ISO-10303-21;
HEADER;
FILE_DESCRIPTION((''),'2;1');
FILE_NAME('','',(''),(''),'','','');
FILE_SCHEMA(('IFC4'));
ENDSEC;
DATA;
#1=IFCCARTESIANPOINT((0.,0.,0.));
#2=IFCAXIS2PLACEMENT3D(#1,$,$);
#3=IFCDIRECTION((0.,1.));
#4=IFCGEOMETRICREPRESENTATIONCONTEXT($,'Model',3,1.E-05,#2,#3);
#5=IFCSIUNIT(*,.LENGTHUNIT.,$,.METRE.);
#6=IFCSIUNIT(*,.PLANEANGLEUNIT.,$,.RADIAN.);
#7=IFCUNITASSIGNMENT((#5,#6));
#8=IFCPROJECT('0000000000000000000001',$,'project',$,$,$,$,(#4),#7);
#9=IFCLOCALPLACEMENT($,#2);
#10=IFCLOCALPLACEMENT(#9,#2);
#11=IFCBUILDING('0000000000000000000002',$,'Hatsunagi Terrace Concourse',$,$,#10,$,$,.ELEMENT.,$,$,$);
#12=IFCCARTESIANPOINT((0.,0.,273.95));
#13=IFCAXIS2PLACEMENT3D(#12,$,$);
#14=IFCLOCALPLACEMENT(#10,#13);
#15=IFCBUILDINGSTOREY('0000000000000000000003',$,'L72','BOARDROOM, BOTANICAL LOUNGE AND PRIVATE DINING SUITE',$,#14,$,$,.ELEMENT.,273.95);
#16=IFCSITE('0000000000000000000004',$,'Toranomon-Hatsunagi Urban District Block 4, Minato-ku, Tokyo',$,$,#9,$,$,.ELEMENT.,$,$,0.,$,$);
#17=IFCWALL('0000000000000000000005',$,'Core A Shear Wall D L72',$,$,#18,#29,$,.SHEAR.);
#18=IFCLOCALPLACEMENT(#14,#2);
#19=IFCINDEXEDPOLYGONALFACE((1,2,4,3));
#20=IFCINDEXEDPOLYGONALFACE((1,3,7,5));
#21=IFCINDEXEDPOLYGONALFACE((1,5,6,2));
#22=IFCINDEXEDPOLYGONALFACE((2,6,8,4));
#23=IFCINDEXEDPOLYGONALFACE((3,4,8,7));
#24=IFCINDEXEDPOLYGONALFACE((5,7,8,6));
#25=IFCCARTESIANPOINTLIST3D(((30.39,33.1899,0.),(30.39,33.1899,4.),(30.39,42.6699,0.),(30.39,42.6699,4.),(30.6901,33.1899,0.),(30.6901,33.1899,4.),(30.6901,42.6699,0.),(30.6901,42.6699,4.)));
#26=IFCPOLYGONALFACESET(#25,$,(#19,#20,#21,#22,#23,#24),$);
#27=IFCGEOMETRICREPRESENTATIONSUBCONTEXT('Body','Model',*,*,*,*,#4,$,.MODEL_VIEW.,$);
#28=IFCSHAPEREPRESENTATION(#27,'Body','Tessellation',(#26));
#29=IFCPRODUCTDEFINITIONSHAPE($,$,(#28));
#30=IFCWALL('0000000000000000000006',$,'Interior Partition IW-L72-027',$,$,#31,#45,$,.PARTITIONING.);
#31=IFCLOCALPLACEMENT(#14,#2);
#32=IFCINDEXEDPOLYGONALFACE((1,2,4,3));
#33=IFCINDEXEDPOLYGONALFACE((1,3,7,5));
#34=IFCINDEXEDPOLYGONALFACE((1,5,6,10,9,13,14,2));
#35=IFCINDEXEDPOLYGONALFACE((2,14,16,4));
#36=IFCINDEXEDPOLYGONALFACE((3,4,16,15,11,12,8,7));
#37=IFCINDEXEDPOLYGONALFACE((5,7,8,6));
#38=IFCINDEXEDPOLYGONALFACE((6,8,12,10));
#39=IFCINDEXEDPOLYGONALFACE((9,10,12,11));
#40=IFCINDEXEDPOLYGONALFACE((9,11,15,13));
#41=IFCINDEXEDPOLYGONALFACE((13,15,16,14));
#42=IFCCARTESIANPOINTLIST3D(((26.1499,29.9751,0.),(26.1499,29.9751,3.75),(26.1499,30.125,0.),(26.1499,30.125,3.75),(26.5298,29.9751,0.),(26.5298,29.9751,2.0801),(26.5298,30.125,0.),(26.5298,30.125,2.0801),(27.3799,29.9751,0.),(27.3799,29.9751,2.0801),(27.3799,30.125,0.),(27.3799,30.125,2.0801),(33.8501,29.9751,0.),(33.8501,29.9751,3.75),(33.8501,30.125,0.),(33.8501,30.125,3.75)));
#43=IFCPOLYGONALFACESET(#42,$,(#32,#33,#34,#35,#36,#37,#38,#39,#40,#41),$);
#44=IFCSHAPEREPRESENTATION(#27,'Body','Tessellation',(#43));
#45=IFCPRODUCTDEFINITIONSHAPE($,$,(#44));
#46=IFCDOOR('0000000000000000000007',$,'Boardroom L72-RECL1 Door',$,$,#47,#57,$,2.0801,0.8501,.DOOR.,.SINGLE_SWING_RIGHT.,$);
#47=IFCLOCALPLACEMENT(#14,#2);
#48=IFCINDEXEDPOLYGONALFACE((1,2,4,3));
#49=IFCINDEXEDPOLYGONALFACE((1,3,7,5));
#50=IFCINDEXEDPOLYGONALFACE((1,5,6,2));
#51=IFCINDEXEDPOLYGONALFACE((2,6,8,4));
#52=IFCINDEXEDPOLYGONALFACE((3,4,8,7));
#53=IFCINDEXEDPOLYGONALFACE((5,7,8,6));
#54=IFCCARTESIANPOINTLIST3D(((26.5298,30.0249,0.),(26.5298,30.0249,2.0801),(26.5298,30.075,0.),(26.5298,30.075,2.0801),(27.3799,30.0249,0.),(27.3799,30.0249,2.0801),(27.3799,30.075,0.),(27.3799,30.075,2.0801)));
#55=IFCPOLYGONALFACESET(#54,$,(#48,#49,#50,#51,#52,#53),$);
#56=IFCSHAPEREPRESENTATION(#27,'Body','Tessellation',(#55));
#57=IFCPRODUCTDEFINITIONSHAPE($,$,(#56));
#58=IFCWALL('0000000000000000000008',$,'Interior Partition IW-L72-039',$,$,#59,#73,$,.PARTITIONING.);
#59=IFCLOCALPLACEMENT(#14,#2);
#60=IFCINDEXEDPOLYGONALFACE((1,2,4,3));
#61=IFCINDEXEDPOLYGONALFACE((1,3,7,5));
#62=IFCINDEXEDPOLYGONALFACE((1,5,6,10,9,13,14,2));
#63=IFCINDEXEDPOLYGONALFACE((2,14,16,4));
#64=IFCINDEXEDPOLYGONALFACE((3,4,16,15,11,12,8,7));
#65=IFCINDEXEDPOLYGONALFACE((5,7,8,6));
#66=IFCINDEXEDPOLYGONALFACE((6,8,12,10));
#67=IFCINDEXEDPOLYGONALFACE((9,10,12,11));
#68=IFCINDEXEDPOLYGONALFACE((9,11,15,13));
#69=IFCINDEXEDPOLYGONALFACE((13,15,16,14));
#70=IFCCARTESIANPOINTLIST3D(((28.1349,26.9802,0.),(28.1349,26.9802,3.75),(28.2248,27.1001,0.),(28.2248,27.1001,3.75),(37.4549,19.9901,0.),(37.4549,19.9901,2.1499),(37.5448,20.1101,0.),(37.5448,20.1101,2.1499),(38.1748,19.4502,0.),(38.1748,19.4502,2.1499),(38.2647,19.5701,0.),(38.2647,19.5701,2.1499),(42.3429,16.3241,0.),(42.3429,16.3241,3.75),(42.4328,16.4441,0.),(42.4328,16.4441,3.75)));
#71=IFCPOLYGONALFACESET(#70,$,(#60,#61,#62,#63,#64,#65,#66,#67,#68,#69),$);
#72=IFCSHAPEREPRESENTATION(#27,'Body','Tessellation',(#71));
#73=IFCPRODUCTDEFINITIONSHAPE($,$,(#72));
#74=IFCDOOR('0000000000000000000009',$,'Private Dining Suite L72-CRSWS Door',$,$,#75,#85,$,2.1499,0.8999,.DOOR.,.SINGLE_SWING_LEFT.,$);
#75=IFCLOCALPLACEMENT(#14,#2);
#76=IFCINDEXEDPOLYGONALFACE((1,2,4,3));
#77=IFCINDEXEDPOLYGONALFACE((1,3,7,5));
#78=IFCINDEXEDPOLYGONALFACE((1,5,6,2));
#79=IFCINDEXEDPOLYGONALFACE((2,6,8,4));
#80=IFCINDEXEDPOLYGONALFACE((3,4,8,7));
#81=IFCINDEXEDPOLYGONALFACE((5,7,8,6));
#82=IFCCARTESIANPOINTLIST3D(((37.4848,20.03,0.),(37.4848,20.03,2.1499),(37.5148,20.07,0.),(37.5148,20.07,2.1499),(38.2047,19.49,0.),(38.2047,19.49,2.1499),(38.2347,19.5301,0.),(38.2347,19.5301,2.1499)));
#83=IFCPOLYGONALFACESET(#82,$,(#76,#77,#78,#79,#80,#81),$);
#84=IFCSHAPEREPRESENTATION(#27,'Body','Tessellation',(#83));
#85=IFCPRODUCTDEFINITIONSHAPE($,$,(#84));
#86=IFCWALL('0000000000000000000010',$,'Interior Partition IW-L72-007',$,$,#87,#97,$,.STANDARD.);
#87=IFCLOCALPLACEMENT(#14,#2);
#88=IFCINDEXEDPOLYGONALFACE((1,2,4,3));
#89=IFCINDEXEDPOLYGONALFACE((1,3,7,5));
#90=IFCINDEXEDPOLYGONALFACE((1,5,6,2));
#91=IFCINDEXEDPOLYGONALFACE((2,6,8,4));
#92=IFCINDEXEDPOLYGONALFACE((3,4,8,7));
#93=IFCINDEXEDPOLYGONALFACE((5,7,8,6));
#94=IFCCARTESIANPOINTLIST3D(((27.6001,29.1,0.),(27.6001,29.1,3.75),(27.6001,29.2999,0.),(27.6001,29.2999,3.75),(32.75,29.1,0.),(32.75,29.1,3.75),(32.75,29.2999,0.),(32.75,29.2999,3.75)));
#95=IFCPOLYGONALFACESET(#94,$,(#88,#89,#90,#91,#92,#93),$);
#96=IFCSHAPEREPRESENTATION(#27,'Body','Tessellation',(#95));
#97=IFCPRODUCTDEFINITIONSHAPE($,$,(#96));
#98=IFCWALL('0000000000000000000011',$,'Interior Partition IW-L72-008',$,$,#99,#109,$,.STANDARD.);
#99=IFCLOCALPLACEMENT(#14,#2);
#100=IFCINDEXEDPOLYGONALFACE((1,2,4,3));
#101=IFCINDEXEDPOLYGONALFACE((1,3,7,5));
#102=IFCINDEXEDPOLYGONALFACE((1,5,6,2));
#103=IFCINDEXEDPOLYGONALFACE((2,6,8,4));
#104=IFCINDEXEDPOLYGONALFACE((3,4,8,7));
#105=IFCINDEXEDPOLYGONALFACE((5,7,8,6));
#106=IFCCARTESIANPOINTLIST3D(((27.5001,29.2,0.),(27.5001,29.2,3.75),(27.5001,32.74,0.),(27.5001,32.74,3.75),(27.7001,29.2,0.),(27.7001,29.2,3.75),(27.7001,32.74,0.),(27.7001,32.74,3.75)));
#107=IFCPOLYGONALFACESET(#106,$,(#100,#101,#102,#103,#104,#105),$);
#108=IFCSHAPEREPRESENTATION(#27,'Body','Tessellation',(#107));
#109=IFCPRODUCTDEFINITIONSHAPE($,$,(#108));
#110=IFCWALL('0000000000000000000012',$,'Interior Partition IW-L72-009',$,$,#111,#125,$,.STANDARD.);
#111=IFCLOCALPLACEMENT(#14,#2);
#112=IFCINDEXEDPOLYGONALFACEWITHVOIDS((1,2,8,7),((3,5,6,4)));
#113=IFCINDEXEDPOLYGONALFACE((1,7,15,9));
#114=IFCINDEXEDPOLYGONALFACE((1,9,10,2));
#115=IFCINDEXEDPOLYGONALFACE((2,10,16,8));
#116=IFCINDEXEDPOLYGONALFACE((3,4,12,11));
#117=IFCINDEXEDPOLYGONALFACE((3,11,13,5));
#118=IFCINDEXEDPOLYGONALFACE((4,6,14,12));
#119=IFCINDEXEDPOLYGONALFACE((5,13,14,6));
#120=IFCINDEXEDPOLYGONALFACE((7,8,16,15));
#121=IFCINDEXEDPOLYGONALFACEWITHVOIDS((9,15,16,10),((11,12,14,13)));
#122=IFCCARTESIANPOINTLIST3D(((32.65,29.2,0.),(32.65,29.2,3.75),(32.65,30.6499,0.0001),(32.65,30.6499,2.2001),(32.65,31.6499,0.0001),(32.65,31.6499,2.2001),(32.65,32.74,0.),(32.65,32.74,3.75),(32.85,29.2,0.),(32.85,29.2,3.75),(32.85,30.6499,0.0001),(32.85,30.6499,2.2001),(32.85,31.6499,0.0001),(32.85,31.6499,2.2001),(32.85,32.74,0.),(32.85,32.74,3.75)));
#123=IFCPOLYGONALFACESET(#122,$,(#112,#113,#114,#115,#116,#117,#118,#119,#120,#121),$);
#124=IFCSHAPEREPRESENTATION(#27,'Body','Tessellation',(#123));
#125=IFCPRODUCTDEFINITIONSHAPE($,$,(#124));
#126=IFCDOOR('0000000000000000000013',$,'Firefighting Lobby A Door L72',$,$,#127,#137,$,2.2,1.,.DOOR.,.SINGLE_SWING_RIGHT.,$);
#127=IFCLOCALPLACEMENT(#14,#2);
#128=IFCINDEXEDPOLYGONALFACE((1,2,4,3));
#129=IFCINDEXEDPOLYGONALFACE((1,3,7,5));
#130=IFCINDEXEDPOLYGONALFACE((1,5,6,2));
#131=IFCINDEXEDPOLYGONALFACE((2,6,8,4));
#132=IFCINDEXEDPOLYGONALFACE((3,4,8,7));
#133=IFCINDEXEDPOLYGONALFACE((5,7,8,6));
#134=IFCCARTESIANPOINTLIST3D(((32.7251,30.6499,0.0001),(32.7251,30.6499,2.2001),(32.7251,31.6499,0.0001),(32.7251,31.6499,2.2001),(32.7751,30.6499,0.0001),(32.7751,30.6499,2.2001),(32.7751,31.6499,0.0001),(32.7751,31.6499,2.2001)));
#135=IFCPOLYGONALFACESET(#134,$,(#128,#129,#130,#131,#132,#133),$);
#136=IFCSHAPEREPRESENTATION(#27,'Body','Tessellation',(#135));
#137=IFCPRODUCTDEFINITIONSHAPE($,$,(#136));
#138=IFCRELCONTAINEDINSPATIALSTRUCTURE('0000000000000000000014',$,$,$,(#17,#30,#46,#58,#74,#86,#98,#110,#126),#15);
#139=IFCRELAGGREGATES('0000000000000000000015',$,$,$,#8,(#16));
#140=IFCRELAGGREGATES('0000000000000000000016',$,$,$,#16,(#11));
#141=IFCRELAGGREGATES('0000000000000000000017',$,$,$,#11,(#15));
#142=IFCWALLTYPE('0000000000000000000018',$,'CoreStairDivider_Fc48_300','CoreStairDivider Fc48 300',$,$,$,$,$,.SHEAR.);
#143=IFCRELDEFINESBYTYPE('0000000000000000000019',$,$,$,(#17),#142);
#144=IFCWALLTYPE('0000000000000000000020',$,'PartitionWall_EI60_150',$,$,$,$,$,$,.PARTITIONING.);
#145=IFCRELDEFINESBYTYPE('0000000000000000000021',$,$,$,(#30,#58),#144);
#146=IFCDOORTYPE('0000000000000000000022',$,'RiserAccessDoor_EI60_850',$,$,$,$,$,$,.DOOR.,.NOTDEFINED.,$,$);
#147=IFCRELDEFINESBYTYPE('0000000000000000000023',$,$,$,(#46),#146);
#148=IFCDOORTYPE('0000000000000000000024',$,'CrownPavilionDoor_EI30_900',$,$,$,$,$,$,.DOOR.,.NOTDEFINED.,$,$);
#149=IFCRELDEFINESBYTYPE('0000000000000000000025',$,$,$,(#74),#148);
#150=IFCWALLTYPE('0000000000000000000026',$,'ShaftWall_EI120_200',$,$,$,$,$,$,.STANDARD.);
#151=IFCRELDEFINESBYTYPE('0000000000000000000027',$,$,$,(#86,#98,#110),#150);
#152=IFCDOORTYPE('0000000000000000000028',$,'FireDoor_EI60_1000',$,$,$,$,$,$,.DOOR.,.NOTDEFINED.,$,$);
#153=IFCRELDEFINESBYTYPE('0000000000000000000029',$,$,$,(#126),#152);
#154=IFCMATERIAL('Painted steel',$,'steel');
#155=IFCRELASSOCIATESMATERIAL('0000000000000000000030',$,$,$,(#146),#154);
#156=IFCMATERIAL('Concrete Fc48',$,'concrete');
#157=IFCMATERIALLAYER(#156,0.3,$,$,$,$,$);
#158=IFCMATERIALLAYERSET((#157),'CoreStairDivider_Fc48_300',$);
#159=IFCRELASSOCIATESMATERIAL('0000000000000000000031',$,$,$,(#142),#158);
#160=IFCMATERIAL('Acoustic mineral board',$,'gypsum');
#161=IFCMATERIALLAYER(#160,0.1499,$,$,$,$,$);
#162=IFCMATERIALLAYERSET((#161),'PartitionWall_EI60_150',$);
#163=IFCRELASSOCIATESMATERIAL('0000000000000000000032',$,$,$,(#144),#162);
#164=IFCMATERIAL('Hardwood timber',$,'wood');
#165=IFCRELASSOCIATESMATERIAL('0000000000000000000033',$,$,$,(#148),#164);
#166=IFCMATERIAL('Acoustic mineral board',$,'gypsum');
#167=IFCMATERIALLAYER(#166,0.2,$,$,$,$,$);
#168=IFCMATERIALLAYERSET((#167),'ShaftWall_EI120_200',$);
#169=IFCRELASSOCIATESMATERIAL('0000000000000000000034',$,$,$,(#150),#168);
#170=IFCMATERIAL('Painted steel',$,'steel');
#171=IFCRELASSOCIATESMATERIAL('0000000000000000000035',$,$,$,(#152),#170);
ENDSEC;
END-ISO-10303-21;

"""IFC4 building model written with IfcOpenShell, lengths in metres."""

from ifc_helpers import new_model, si_unit, direction, frame, frame_2d, origin, place, context, subcontext, project, spatial, rectangle, extrude, material, layer, layer_set, type_object, element, fill, save


model = new_model("IFC4")

# Units and contexts
model_context = context("Model", 3, precision=1e-05, world=origin(), true_north=direction((0.0, 1.0)))
body_context = subcontext(model_context, "Body", "Model", "MODEL_VIEW")
ifc_project = project(units=[si_unit("LENGTHUNIT", "METRE"), si_unit("PLANEANGLEUNIT", "RADIAN")], contexts=[model_context])

# Site, building, storey
site_placement = place(None, origin())
site = spatial("IfcSite", under=ifc_project, at=site_placement, Name="Toranomon-Hatsunagi Urban District Block 4, Minato-ku, Tokyo", CompositionType="ELEMENT", RefElevation=0.0)
building_placement = place(site_placement, origin())
building = spatial("IfcBuilding", under=site, at=building_placement, Name="Hatsunagi Terrace Concourse", CompositionType="ELEMENT")
storey_placement = place(building_placement, frame((0.0, 0.0, 273.95)))
storey = spatial("IfcBuildingStorey", under=building, at=storey_placement, Name="L72", Description="BOARDROOM, BOTANICAL LOUNGE AND PRIVATE DINING SUITE", CompositionType="ELEMENT", Elevation=273.95)

# Shared definitions
ifc_material_1 = material(Name="Painted steel", Category="steel")
door_type_1 = type_object("IfcDoorType", Name="RiserAccessDoor_EI60_850", OperationType="NOTDEFINED", PredefinedType="DOOR", material=ifc_material_1)

# Wall
ifc_material_2 = material(Name="Concrete Fc48", Category="concrete")
ifc_layer_1 = layer(ifc_material_2, 0.3)
ifc_layer_set_1 = layer_set([ifc_layer_1], Name="CoreStairDivider_Fc48_300")
wall_type_1 = type_object("IfcWallType", Name="CoreStairDivider_Fc48_300", Description="CoreStairDivider Fc48 300", PredefinedType="SHEAR", material=ifc_layer_set_1)
wall_1_placement = place(storey_placement, frame((30.54, 33.1899, 0.0), z_axis=(0.0, 0.0, 1.0), x_axis=(0.0, 1.0, 0.0)))
element("IfcWall", 1, at=wall_1_placement, inside=storey, type_object=wall_type_1, Name="Core A Shear Wall D L72", PredefinedType="SHEAR", context=body_context, shape_type="SweptSolid", body=[
    extrude(rectangle(XDim=9.48, YDim=0.3, at=frame_2d((4.74, 0.0))), origin(), (0.0, 0.0, 1.0), 4.0),
])

# Walls, openings, doors
ifc_material_3 = material(Name="Acoustic mineral board", Category="gypsum")
ifc_layer_2 = layer(ifc_material_3, 0.1499)
ifc_layer_set_2 = layer_set([ifc_layer_2], Name="PartitionWall_EI60_150")
wall_type_2 = type_object("IfcWallType", Name="PartitionWall_EI60_150", PredefinedType="PARTITIONING", material=ifc_layer_set_2)
wall_2_placement = place(storey_placement, frame((26.1499, 30.05, 0.0), z_axis=(0.0, 0.0, 1.0), x_axis=(1.0, 0.0, 0.0)))
wall_2 = element("IfcWall", 2, at=wall_2_placement, inside=storey, type_object=wall_type_2, Name="Interior Partition IW-L72-027", PredefinedType="PARTITIONING", context=body_context, shape_type="SweptSolid", body=[
    extrude(rectangle(XDim=7.7002, YDim=0.1499, at=frame_2d((3.8501, 0.0))), origin(), (0.0, 0.0, 1.0), 3.75),
])
opening_1_placement = place(wall_2_placement, frame((0.3799, 0.0, 0.0)))
opening_1 = element("IfcOpeningElement", 3, at=opening_1_placement, cuts=wall_2, PredefinedType="OPENING", context=body_context, shape_type="SweptSolid", body=[
    extrude(rectangle(XDim=0.8501, YDim=2.0801, at=frame_2d((0.425, 1.04))), frame((0.0, 0.085, 0.0), z_axis=(0.0, -1.0, 0.0), x_axis=(1.0, 0.0, 0.0)), (0.0, 0.0, 1.0), 0.1699),
])
door_1_placement = place(opening_1_placement, origin())
door_1 = element("IfcDoor", 4, at=door_1_placement, inside=storey, type_object=door_type_1, Name="Boardroom L72-RECL1 Door", OperationType="SINGLE_SWING_RIGHT", OverallHeight=2.0801, OverallWidth=0.8501, PredefinedType="DOOR", context=body_context, shape_type="SweptSolid", body=[
    extrude(rectangle(XDim=0.8501, YDim=2.0801, at=frame_2d((0.425, 1.04))), frame((0.0, 0.0249, 0.0), z_axis=(0.0, -1.0, 0.0), x_axis=(1.0, 0.0, 0.0)), (0.0, 0.0, 1.0), 0.05),
])
fill(opening_1, door_1)
wall_3_placement = place(storey_placement, frame((28.1799, 27.04, 0.0), z_axis=(0.0, 0.0, 1.0), x_axis=(0.8, -0.6, 0.0)))
wall_3 = element("IfcWall", 5, at=wall_3_placement, inside=storey, type_object=wall_type_2, Name="Interior Partition IW-L72-039", PredefinedType="PARTITIONING", context=body_context, shape_type="SweptSolid", body=[
    extrude(rectangle(XDim=17.76, YDim=0.1499, at=frame_2d((8.8799, 0.0))), origin(), (0.0, 0.0, 1.0), 3.75),
])
opening_2_placement = place(wall_3_placement, frame((11.6499, 0.0, 0.0)))
opening_2 = element("IfcOpeningElement", 6, at=opening_2_placement, cuts=wall_3, PredefinedType="OPENING", context=body_context, shape_type="SweptSolid", body=[
    extrude(rectangle(XDim=0.8999, YDim=2.1499, at=frame_2d((0.45, 1.075))), frame((0.0, 0.085, 0.0), z_axis=(0.0, -1.0, 0.0), x_axis=(1.0, 0.0, 0.0)), (0.0, 0.0, 1.0), 0.1699),
])
ifc_material_4 = material(Name="Hardwood timber", Category="wood")
door_type_2 = type_object("IfcDoorType", Name="CrownPavilionDoor_EI30_900", OperationType="NOTDEFINED", PredefinedType="DOOR", material=ifc_material_4)
door_2_placement = place(opening_2_placement, origin())
door_2 = element("IfcDoor", 7, at=door_2_placement, inside=storey, type_object=door_type_2, Name="Private Dining Suite L72-CRSWS Door", OperationType="SINGLE_SWING_LEFT", OverallHeight=2.1499, OverallWidth=0.8999, PredefinedType="DOOR", context=body_context, shape_type="SweptSolid", body=[
    extrude(rectangle(XDim=0.8999, YDim=2.1499, at=frame_2d((0.45, 1.075))), frame((0.0, 0.0249, 0.0), z_axis=(0.0, -1.0, 0.0), x_axis=(1.0, 0.0, 0.0)), (0.0, 0.0, 1.0), 0.05),
])
fill(opening_2, door_2)

# Walls
ifc_material_5 = material(Name="Acoustic mineral board", Category="gypsum")
ifc_layer_3 = layer(ifc_material_5, 0.2)
ifc_layer_set_3 = layer_set([ifc_layer_3], Name="ShaftWall_EI120_200")
wall_type_3 = type_object("IfcWallType", Name="ShaftWall_EI120_200", PredefinedType="STANDARD", material=ifc_layer_set_3)
wall_4_placement = place(storey_placement, frame((27.6001, 29.2, 0.0), z_axis=(0.0, 0.0, 1.0), x_axis=(1.0, 0.0, 0.0)))
element("IfcWall", 8, at=wall_4_placement, inside=storey, type_object=wall_type_3, Name="Interior Partition IW-L72-007", PredefinedType="STANDARD", context=body_context, shape_type="SweptSolid", body=[
    extrude(rectangle(XDim=5.1499, YDim=0.2, at=frame_2d((2.575, 0.0))), origin(), (0.0, 0.0, 1.0), 3.75),
])
wall_5_placement = place(storey_placement, frame((27.6001, 29.2, 0.0), z_axis=(0.0, 0.0, 1.0), x_axis=(0.0, 1.0, 0.0)))
element("IfcWall", 9, at=wall_5_placement, inside=storey, type_object=wall_type_3, Name="Interior Partition IW-L72-008", PredefinedType="STANDARD", context=body_context, shape_type="SweptSolid", body=[
    extrude(rectangle(XDim=3.54, YDim=0.2, at=frame_2d((1.77, 0.0))), origin(), (0.0, 0.0, 1.0), 3.75),
])

# Wall, opening, door
wall_6_placement = place(storey_placement, frame((32.75, 29.2, 0.0), z_axis=(0.0, 0.0, 1.0), x_axis=(0.0, 1.0, 0.0)))
wall_6 = element("IfcWall", 10, at=wall_6_placement, inside=storey, type_object=wall_type_3, Name="Interior Partition IW-L72-009", PredefinedType="STANDARD", context=body_context, shape_type="SweptSolid", body=[
    extrude(rectangle(XDim=3.54, YDim=0.2, at=frame_2d((1.77, 0.0))), origin(), (0.0, 0.0, 1.0), 3.75),
])
opening_3_placement = place(wall_6_placement, frame((1.45, 0.0, 0.0)))
opening_3 = element("IfcOpeningElement", 11, at=opening_3_placement, cuts=wall_6, PredefinedType="OPENING", context=body_context, shape_type="SweptSolid", body=[
    extrude(rectangle(XDim=1.0, YDim=2.2, at=frame_2d((0.5, 1.1001))), frame((0.0, 0.1099, 0.0), z_axis=(0.0, -1.0, 0.0), x_axis=(1.0, 0.0, 0.0)), (0.0, 0.0, 1.0), 0.22),
])
ifc_material_6 = material(Name="Painted steel", Category="steel")
door_type_3 = type_object("IfcDoorType", Name="FireDoor_EI60_1000", OperationType="NOTDEFINED", PredefinedType="DOOR", material=ifc_material_6)
door_3_placement = place(opening_3_placement, origin())
door_3 = element("IfcDoor", 12, at=door_3_placement, inside=storey, type_object=door_type_3, Name="Firefighting Lobby A Door L72", OperationType="SINGLE_SWING_RIGHT", OverallHeight=2.2, OverallWidth=1.0, PredefinedType="DOOR", context=body_context, shape_type="SweptSolid", body=[
    extrude(rectangle(XDim=1.0, YDim=2.2, at=frame_2d((0.5, 1.1001))), frame((0.0, 0.0249, 0.0), z_axis=(0.0, -1.0, 0.0), x_axis=(1.0, 0.0, 0.0)), (0.0, 0.0, 1.0), 0.05),
])
fill(opening_3, door_3)

save(model, "model.ifc")
